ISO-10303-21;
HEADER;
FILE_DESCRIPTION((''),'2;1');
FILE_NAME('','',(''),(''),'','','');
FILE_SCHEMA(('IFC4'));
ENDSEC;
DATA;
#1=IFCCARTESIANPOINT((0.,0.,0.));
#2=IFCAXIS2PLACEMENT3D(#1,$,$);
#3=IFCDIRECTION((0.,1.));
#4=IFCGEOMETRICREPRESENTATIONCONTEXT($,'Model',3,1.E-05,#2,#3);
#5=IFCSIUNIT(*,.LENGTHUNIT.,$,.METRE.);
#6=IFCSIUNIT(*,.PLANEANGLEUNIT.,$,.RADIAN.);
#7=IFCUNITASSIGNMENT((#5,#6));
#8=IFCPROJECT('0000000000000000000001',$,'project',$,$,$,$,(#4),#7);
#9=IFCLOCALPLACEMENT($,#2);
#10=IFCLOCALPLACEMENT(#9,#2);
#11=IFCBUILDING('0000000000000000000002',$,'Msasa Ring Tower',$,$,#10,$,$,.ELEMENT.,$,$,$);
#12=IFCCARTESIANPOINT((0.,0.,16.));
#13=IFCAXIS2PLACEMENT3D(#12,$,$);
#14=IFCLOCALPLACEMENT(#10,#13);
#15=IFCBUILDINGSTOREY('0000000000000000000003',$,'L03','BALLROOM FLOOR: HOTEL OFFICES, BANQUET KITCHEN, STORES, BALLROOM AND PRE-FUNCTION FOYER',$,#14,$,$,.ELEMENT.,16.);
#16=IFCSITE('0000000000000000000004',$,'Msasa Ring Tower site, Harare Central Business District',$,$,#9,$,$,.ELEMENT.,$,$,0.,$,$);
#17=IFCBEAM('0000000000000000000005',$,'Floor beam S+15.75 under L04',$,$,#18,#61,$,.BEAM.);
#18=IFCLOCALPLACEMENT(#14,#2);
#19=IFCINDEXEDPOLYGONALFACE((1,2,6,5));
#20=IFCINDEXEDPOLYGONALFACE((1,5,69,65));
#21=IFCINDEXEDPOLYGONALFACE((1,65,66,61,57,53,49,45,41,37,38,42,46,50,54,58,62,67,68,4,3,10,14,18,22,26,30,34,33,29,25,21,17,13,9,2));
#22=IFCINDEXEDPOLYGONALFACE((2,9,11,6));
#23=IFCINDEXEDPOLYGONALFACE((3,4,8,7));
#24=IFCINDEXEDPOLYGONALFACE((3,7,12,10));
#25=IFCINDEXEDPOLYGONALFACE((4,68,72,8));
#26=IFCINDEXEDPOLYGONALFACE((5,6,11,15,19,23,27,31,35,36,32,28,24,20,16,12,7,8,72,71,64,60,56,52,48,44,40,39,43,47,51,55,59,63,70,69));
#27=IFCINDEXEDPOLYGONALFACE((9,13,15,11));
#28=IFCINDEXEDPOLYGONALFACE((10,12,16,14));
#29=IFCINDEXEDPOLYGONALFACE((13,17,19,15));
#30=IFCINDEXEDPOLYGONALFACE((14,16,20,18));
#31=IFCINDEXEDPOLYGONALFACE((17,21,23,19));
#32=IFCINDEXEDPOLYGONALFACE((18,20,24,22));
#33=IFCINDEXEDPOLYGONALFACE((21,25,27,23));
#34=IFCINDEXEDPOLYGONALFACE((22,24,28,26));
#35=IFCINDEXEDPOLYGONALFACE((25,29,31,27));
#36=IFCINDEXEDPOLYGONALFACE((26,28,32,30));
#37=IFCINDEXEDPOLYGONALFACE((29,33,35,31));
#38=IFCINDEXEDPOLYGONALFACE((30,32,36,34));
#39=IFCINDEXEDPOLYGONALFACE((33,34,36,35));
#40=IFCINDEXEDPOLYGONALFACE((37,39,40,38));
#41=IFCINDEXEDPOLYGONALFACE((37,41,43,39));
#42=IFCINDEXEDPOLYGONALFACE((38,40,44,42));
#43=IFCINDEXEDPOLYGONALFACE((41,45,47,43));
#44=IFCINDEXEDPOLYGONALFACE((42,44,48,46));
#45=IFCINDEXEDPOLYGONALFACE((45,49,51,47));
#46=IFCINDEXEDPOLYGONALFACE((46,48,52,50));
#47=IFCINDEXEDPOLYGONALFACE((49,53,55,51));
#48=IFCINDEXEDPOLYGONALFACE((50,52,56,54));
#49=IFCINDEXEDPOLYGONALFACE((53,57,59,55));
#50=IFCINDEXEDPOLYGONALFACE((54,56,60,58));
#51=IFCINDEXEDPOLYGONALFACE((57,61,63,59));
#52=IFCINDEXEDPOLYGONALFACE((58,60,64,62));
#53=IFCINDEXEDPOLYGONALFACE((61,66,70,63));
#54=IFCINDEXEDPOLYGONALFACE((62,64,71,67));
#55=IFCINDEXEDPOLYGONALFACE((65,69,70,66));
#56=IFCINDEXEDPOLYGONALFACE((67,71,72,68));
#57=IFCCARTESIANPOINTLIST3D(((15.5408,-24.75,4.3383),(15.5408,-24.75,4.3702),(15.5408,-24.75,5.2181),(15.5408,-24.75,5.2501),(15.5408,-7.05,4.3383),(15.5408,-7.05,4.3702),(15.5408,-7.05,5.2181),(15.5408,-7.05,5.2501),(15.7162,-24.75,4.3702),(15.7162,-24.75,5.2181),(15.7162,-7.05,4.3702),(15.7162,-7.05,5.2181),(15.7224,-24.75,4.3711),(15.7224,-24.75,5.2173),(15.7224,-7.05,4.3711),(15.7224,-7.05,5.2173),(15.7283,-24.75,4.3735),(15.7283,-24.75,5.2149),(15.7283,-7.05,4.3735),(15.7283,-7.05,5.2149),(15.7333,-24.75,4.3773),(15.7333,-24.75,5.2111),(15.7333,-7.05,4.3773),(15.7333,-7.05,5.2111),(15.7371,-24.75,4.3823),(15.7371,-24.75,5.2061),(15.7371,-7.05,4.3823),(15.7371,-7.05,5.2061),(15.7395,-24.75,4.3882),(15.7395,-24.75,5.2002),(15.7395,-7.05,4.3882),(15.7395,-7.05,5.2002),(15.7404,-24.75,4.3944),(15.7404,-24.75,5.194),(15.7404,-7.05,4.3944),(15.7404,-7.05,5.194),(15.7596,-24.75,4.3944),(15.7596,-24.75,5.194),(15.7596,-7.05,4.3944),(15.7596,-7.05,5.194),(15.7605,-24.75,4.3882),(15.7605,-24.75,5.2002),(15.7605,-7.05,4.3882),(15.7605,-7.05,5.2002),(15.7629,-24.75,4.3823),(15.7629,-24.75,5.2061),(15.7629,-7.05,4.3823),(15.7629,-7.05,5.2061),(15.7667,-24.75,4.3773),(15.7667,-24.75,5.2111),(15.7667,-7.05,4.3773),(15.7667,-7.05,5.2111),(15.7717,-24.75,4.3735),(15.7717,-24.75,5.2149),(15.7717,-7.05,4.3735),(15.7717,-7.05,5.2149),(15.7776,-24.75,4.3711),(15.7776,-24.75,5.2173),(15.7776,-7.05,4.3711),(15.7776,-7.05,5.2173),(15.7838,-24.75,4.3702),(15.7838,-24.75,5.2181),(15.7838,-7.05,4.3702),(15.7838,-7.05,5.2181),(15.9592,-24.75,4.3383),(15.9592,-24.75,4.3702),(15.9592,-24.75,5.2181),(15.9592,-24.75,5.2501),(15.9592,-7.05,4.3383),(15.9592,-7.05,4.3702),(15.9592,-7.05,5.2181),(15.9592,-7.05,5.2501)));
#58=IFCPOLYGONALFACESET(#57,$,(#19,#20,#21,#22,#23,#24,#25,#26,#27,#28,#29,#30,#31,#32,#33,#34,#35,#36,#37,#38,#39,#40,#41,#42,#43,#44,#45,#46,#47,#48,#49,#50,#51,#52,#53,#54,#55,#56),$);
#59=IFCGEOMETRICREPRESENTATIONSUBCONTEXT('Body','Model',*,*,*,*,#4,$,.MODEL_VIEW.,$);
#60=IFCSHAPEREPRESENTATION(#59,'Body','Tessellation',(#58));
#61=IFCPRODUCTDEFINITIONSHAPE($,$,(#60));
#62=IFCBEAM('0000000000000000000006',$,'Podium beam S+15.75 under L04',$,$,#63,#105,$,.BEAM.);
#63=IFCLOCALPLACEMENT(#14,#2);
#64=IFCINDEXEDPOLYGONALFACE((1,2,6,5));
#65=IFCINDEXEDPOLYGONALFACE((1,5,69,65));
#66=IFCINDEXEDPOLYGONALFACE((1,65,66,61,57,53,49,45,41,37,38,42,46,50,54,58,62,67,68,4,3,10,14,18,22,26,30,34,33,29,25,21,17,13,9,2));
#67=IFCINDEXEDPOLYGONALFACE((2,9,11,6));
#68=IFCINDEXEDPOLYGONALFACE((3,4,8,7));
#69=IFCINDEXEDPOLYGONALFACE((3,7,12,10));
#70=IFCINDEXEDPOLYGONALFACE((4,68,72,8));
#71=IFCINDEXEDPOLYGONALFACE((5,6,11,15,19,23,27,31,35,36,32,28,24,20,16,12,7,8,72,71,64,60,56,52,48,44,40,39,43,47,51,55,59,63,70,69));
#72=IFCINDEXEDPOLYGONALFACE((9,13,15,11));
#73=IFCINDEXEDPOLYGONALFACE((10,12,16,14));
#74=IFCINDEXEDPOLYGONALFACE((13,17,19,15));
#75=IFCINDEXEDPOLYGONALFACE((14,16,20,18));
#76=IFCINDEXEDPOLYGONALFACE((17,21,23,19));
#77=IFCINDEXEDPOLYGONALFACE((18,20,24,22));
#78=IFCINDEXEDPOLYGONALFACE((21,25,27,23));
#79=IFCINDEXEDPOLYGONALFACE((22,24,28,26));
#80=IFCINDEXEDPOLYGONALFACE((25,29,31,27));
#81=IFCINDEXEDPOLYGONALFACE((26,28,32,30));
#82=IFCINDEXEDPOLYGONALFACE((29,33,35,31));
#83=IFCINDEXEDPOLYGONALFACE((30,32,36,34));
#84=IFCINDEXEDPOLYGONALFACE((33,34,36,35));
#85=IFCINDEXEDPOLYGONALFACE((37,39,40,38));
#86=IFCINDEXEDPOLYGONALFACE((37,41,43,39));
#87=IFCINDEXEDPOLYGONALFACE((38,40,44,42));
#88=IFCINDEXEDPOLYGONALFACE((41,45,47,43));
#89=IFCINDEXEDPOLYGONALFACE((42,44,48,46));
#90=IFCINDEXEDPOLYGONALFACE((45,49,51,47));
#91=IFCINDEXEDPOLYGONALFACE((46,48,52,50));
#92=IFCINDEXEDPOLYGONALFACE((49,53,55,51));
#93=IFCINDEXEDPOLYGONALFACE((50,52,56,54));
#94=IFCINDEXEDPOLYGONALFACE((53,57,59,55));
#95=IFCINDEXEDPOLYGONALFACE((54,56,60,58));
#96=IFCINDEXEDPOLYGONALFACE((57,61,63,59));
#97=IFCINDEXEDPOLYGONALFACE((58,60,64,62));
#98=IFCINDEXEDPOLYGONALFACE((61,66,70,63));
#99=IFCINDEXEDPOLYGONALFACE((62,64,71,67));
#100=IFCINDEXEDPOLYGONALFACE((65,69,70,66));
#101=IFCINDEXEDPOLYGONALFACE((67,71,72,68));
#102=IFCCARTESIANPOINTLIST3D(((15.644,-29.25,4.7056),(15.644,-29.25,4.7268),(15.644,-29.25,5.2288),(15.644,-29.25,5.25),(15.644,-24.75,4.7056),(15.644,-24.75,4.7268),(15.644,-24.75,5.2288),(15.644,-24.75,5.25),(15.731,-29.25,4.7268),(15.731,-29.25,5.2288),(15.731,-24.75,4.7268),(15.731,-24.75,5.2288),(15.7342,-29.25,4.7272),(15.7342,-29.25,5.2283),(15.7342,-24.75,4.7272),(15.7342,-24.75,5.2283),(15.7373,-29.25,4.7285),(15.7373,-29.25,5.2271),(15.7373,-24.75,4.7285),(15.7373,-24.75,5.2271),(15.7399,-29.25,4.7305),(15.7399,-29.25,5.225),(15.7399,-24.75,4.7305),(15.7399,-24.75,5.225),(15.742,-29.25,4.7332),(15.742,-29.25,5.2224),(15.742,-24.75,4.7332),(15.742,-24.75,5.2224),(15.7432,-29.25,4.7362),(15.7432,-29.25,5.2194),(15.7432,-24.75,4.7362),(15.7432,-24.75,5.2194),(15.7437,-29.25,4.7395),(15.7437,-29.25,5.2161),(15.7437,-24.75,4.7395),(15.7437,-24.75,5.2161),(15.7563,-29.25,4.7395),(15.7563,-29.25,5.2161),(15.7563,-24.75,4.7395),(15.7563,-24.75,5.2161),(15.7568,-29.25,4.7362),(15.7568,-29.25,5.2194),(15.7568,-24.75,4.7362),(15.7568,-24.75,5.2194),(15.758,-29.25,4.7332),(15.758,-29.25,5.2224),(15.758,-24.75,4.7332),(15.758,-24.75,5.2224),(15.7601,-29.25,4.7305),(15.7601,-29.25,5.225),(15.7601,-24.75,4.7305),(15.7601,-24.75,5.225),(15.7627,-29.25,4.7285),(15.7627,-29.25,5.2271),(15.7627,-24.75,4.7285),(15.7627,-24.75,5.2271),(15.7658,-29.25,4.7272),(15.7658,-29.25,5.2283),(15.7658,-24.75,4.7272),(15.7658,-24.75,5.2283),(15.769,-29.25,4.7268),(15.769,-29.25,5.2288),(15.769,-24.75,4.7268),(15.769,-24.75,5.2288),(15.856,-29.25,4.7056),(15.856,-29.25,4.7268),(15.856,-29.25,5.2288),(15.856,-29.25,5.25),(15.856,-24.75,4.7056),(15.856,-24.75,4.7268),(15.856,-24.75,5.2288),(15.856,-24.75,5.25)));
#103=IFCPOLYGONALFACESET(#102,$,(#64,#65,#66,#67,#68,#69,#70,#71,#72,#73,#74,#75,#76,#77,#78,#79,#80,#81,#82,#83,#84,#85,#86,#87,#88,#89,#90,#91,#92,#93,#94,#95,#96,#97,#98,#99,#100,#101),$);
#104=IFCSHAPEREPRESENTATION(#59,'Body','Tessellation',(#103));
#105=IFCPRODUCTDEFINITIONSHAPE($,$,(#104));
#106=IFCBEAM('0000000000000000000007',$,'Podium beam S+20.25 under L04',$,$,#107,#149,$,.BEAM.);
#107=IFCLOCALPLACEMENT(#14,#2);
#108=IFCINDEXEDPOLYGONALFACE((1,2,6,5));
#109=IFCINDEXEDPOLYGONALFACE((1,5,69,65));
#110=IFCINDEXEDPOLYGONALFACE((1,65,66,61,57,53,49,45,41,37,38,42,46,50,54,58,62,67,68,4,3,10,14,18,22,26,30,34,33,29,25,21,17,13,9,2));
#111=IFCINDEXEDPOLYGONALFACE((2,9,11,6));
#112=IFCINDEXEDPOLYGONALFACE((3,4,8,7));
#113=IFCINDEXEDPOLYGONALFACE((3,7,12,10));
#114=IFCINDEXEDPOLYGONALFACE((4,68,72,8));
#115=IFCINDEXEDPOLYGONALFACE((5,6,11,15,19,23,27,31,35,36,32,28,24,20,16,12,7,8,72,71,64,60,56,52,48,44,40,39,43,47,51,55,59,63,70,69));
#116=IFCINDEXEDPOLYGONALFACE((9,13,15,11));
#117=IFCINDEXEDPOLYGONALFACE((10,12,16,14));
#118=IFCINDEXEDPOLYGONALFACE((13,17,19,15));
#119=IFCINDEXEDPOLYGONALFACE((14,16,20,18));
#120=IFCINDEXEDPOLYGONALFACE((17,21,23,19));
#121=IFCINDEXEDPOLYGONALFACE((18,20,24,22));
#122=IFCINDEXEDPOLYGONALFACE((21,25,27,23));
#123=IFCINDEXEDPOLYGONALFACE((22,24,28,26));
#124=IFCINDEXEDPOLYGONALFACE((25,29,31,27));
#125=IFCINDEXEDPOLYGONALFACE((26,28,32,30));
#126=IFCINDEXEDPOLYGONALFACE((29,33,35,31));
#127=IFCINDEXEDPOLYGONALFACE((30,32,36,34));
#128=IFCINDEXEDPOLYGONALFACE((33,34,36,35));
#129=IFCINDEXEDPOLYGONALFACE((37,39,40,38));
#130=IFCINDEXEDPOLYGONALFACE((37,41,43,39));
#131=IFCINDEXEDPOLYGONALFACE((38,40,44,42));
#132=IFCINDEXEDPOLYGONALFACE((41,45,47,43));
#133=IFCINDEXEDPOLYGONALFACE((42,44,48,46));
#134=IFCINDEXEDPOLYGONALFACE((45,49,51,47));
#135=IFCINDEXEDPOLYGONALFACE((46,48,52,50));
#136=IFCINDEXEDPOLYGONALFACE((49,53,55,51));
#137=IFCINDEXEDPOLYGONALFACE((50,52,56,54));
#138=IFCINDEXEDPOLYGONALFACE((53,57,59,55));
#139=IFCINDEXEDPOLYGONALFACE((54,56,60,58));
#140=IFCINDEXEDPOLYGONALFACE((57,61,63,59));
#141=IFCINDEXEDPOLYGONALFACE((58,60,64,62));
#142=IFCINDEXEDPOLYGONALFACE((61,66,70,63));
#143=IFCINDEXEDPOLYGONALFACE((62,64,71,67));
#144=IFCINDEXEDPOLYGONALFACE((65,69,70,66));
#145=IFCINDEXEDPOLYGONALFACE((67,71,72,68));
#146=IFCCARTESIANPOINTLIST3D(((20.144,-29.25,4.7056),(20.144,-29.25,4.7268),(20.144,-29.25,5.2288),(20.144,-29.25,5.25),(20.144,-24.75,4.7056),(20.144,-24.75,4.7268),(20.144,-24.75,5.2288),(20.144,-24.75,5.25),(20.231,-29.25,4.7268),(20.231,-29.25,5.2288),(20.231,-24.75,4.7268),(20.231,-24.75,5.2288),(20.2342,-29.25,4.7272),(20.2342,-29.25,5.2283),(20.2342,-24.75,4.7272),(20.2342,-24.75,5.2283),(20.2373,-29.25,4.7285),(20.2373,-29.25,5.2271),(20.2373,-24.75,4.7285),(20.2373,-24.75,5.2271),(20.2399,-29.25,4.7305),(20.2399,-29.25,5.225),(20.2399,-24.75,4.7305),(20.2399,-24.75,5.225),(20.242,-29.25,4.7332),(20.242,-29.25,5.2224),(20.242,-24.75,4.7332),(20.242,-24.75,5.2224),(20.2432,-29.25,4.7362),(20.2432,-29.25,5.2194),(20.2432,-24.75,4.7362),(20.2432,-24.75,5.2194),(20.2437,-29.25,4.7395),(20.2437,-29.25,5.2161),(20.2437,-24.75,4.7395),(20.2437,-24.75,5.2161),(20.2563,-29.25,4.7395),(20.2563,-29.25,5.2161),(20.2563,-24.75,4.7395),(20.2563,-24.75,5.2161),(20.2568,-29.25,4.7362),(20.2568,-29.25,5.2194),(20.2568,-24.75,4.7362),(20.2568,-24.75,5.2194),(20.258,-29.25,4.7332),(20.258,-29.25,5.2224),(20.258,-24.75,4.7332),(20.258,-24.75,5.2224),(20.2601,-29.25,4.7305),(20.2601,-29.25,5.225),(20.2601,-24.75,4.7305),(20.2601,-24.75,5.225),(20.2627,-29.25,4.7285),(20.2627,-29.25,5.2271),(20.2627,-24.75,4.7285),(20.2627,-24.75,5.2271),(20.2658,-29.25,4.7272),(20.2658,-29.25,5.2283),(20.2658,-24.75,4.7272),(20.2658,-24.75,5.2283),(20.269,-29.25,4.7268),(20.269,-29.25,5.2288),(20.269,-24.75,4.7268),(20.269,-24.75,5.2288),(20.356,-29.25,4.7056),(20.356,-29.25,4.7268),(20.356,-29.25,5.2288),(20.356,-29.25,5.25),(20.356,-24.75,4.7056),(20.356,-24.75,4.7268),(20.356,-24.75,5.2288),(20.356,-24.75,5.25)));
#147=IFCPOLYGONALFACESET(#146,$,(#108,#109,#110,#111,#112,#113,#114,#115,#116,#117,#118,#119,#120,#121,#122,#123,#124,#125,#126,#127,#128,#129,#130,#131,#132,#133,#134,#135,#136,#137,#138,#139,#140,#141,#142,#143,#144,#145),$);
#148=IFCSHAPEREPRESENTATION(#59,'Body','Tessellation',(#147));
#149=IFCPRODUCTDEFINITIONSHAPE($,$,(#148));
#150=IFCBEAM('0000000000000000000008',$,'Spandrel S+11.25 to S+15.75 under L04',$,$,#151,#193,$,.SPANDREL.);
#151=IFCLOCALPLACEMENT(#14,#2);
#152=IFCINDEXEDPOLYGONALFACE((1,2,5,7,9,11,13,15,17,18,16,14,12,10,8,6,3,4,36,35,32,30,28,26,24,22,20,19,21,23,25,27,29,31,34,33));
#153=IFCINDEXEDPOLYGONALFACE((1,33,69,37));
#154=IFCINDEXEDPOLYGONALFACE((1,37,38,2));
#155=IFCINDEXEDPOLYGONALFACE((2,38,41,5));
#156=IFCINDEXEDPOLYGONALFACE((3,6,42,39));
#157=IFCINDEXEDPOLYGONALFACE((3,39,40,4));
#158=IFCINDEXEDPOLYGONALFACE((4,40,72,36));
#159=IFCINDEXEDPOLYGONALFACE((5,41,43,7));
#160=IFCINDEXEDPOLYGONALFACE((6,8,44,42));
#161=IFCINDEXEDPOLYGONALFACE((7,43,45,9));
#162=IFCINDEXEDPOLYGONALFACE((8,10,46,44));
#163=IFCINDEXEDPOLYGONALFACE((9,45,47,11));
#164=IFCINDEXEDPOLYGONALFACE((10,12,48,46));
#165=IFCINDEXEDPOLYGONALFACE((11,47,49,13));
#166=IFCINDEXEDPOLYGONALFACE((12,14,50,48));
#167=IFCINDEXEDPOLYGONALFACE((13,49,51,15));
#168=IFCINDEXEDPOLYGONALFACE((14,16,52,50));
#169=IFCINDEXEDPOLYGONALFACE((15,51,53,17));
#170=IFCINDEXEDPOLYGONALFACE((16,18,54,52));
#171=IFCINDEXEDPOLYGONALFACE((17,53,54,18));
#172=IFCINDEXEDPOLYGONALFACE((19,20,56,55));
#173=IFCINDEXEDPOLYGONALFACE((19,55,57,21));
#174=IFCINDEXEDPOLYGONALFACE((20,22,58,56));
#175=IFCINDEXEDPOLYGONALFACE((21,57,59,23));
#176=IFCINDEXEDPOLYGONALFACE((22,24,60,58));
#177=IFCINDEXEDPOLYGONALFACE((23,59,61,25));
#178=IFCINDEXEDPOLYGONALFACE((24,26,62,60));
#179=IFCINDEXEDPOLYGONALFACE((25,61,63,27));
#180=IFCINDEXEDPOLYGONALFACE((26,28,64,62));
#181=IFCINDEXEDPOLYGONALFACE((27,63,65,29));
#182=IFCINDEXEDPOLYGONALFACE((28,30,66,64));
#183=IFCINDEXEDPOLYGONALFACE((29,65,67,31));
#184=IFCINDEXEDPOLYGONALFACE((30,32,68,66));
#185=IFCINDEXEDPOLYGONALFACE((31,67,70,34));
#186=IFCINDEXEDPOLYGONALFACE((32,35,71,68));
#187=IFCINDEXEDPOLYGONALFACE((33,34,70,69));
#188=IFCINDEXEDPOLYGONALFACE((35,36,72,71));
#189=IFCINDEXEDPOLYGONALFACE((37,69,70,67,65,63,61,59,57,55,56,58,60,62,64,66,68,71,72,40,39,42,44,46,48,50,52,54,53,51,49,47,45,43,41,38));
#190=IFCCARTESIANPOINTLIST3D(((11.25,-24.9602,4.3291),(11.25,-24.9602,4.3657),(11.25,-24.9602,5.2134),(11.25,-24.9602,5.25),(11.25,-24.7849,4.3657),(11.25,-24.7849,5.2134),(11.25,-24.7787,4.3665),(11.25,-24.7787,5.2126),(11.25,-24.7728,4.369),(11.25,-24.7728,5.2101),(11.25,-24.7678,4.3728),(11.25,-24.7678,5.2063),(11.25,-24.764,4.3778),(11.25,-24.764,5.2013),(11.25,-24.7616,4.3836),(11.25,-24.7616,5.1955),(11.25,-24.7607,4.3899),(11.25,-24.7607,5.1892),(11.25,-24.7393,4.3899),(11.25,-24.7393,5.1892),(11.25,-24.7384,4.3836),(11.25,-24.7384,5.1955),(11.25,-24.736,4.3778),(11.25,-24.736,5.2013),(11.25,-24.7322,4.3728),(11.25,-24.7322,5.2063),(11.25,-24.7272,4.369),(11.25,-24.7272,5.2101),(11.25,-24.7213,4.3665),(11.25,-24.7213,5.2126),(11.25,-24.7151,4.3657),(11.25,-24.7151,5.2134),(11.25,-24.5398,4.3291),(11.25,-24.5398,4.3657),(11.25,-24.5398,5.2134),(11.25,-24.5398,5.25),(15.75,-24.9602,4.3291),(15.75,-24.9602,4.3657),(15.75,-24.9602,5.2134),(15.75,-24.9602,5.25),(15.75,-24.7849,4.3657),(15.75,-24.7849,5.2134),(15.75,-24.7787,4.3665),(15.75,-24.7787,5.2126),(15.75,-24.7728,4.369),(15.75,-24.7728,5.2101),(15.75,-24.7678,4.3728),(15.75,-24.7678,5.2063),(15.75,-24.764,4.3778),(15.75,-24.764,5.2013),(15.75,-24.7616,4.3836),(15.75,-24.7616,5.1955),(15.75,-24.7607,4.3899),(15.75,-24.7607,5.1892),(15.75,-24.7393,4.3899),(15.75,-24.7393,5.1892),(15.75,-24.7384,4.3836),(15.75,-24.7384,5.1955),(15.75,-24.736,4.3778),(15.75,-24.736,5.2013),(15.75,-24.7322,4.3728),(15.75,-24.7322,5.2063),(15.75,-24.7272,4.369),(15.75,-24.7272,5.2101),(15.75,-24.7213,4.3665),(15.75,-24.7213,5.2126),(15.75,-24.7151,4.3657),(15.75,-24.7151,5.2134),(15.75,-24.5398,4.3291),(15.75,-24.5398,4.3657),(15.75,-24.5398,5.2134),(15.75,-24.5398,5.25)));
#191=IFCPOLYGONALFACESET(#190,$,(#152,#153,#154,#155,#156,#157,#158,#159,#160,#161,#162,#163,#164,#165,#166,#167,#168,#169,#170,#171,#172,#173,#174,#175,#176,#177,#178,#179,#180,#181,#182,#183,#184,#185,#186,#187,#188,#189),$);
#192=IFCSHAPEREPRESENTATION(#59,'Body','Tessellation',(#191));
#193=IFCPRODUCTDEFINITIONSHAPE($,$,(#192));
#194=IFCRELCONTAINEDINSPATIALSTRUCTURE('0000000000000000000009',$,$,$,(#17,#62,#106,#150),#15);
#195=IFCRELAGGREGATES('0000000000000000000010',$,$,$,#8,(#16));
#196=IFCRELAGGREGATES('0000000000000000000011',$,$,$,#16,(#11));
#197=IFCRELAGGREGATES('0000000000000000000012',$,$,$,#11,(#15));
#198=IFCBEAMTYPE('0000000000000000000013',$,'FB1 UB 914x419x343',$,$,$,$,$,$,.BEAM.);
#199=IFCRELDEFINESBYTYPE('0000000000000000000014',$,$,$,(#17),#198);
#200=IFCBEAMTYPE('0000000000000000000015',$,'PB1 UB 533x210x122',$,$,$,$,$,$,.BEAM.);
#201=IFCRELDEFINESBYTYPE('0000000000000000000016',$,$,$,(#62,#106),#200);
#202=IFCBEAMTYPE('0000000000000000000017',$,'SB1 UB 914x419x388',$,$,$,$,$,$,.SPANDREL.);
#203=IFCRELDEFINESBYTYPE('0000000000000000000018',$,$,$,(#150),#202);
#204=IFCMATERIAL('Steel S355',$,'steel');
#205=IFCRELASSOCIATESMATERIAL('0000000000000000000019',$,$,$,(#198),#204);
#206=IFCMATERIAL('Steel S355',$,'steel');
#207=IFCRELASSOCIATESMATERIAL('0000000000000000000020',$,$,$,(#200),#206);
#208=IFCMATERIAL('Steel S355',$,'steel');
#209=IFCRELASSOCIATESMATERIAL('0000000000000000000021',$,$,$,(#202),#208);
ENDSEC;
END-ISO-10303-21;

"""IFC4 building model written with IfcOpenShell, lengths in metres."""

from ifc_helpers import new_model, si_unit, direction, frame, origin, origin_2d, place, context, subcontext, project, spatial, i_section, extrude, material, material_profile, profile_set, type_object, element, save


model = new_model("IFC4")

# Units and contexts
model_context = context("Model", 3, precision=1e-05, world=origin(), true_north=direction((0.0, 1.0)))
body_context = subcontext(model_context, "Body", "Model", "MODEL_VIEW")
ifc_project = project(units=[si_unit("LENGTHUNIT", "METRE"), si_unit("PLANEANGLEUNIT", "RADIAN")], contexts=[model_context])

# Site, building, storey
site_placement = place(None, origin())
site = spatial("IfcSite", under=ifc_project, at=site_placement, Name="Msasa Ring Tower site, Harare Central Business District", CompositionType="ELEMENT", RefElevation=0.0)
building_placement = place(site_placement, origin())
building = spatial("IfcBuilding", under=site, at=building_placement, Name="Msasa Ring Tower", CompositionType="ELEMENT")
storey_placement = place(building_placement, frame((0.0, 0.0, 16.0)))
storey = spatial("IfcBuildingStorey", under=building, at=storey_placement, Name="L03", Description="BALLROOM FLOOR: HOTEL OFFICES, BANQUET KITCHEN, STORES, BALLROOM AND PRE-FUNCTION FOYER", CompositionType="ELEMENT", Elevation=16.0)

# Beams
ifc_material_1 = material(Name="Steel S355", Category="steel")
ifc_material_profile_1 = material_profile(ifc_material_1, i_section(OverallWidth=0.4185, OverallDepth=0.9119, WebThickness=0.0193, FlangeThickness=0.032, FilletRadius=0.0242, at=origin_2d()), Name="UB 914x419x343")
ifc_profile_set_1 = profile_set([ifc_material_profile_1], Name="Steel S355")
beam_type_1 = type_object("IfcBeamType", Name="FB1 UB 914x419x343", PredefinedType="BEAM", material=ifc_profile_set_1)
for number, where, z_axis, x_axis, name in (
    (1, (15.75, -24.75, 4.7942), (0.0, 1.0, 0.0), (-1.0, 0.0, 0.0), "Floor beam S+15.75 under L04"),
):
    element("IfcBeam", number, at=place(storey_placement, frame(where, z_axis=z_axis, x_axis=x_axis)), inside=storey, type_object=beam_type_1, Name=name, PredefinedType="BEAM", context=body_context, shape_type="SweptSolid", body=[
        extrude(i_section(OverallWidth=0.4185, OverallDepth=0.9119, WebThickness=0.0193, FlangeThickness=0.032, FilletRadius=0.0242, at=origin_2d()), origin(), (0.0, 0.0, 1.0), 17.7),
    ])
ifc_material_2 = material(Name="Steel S355", Category="steel")
ifc_material_profile_2 = material_profile(ifc_material_2, i_section(OverallWidth=0.2119, OverallDepth=0.5444, WebThickness=0.0127, FlangeThickness=0.0212, FilletRadius=0.0127, at=origin_2d()), Name="UB 533x210x122")
ifc_profile_set_2 = profile_set([ifc_material_profile_2], Name="Steel S355")
beam_type_2 = type_object("IfcBeamType", Name="PB1 UB 533x210x122", PredefinedType="BEAM", material=ifc_profile_set_2)
for number, where, z_axis, x_axis, name in (
    (2, (15.75, -29.25, 4.9778), (0.0, 1.0, 0.0), (-1.0, 0.0, 0.0), "Podium beam S+15.75 under L04"),
    (3, (20.25, -29.25, 4.9778), (0.0, 1.0, 0.0), (-1.0, 0.0, 0.0), "Podium beam S+20.25 under L04"),
):
    element("IfcBeam", number, at=place(storey_placement, frame(where, z_axis=z_axis, x_axis=x_axis)), inside=storey, type_object=beam_type_2, Name=name, PredefinedType="BEAM", context=body_context, shape_type="SweptSolid", body=[
        extrude(i_section(OverallWidth=0.2119, OverallDepth=0.5444, WebThickness=0.0127, FlangeThickness=0.0212, FilletRadius=0.0127, at=origin_2d()), origin(), (0.0, 0.0, 1.0), 4.5),
    ])
ifc_material_3 = material(Name="Steel S355", Category="steel")
ifc_material_profile_3 = material_profile(ifc_material_3, i_section(OverallWidth=0.4204, OverallDepth=0.9209, WebThickness=0.0215, FlangeThickness=0.0366, FilletRadius=0.0242, at=origin_2d()), Name="UB 914x419x388")
ifc_profile_set_3 = profile_set([ifc_material_profile_3], Name="Steel S355")
beam_type_3 = type_object("IfcBeamType", Name="SB1 UB 914x419x388", PredefinedType="SPANDREL", material=ifc_profile_set_3)
for number, where, z_axis, x_axis, name in (
    (4, (11.25, -24.75, 4.7896), (1.0, 0.0, 0.0), (0.0, 1.0, 0.0), "Spandrel S+11.25 to S+15.75 under L04"),
):
    element("IfcBeam", number, at=place(storey_placement, frame(where, z_axis=z_axis, x_axis=x_axis)), inside=storey, type_object=beam_type_3, Name=name, PredefinedType="SPANDREL", context=body_context, shape_type="SweptSolid", body=[
        extrude(i_section(OverallWidth=0.4204, OverallDepth=0.9209, WebThickness=0.0215, FlangeThickness=0.0366, FilletRadius=0.0242, at=origin_2d()), origin(), (0.0, 0.0, 1.0), 4.5),
    ])

save(model, "model.ifc")
